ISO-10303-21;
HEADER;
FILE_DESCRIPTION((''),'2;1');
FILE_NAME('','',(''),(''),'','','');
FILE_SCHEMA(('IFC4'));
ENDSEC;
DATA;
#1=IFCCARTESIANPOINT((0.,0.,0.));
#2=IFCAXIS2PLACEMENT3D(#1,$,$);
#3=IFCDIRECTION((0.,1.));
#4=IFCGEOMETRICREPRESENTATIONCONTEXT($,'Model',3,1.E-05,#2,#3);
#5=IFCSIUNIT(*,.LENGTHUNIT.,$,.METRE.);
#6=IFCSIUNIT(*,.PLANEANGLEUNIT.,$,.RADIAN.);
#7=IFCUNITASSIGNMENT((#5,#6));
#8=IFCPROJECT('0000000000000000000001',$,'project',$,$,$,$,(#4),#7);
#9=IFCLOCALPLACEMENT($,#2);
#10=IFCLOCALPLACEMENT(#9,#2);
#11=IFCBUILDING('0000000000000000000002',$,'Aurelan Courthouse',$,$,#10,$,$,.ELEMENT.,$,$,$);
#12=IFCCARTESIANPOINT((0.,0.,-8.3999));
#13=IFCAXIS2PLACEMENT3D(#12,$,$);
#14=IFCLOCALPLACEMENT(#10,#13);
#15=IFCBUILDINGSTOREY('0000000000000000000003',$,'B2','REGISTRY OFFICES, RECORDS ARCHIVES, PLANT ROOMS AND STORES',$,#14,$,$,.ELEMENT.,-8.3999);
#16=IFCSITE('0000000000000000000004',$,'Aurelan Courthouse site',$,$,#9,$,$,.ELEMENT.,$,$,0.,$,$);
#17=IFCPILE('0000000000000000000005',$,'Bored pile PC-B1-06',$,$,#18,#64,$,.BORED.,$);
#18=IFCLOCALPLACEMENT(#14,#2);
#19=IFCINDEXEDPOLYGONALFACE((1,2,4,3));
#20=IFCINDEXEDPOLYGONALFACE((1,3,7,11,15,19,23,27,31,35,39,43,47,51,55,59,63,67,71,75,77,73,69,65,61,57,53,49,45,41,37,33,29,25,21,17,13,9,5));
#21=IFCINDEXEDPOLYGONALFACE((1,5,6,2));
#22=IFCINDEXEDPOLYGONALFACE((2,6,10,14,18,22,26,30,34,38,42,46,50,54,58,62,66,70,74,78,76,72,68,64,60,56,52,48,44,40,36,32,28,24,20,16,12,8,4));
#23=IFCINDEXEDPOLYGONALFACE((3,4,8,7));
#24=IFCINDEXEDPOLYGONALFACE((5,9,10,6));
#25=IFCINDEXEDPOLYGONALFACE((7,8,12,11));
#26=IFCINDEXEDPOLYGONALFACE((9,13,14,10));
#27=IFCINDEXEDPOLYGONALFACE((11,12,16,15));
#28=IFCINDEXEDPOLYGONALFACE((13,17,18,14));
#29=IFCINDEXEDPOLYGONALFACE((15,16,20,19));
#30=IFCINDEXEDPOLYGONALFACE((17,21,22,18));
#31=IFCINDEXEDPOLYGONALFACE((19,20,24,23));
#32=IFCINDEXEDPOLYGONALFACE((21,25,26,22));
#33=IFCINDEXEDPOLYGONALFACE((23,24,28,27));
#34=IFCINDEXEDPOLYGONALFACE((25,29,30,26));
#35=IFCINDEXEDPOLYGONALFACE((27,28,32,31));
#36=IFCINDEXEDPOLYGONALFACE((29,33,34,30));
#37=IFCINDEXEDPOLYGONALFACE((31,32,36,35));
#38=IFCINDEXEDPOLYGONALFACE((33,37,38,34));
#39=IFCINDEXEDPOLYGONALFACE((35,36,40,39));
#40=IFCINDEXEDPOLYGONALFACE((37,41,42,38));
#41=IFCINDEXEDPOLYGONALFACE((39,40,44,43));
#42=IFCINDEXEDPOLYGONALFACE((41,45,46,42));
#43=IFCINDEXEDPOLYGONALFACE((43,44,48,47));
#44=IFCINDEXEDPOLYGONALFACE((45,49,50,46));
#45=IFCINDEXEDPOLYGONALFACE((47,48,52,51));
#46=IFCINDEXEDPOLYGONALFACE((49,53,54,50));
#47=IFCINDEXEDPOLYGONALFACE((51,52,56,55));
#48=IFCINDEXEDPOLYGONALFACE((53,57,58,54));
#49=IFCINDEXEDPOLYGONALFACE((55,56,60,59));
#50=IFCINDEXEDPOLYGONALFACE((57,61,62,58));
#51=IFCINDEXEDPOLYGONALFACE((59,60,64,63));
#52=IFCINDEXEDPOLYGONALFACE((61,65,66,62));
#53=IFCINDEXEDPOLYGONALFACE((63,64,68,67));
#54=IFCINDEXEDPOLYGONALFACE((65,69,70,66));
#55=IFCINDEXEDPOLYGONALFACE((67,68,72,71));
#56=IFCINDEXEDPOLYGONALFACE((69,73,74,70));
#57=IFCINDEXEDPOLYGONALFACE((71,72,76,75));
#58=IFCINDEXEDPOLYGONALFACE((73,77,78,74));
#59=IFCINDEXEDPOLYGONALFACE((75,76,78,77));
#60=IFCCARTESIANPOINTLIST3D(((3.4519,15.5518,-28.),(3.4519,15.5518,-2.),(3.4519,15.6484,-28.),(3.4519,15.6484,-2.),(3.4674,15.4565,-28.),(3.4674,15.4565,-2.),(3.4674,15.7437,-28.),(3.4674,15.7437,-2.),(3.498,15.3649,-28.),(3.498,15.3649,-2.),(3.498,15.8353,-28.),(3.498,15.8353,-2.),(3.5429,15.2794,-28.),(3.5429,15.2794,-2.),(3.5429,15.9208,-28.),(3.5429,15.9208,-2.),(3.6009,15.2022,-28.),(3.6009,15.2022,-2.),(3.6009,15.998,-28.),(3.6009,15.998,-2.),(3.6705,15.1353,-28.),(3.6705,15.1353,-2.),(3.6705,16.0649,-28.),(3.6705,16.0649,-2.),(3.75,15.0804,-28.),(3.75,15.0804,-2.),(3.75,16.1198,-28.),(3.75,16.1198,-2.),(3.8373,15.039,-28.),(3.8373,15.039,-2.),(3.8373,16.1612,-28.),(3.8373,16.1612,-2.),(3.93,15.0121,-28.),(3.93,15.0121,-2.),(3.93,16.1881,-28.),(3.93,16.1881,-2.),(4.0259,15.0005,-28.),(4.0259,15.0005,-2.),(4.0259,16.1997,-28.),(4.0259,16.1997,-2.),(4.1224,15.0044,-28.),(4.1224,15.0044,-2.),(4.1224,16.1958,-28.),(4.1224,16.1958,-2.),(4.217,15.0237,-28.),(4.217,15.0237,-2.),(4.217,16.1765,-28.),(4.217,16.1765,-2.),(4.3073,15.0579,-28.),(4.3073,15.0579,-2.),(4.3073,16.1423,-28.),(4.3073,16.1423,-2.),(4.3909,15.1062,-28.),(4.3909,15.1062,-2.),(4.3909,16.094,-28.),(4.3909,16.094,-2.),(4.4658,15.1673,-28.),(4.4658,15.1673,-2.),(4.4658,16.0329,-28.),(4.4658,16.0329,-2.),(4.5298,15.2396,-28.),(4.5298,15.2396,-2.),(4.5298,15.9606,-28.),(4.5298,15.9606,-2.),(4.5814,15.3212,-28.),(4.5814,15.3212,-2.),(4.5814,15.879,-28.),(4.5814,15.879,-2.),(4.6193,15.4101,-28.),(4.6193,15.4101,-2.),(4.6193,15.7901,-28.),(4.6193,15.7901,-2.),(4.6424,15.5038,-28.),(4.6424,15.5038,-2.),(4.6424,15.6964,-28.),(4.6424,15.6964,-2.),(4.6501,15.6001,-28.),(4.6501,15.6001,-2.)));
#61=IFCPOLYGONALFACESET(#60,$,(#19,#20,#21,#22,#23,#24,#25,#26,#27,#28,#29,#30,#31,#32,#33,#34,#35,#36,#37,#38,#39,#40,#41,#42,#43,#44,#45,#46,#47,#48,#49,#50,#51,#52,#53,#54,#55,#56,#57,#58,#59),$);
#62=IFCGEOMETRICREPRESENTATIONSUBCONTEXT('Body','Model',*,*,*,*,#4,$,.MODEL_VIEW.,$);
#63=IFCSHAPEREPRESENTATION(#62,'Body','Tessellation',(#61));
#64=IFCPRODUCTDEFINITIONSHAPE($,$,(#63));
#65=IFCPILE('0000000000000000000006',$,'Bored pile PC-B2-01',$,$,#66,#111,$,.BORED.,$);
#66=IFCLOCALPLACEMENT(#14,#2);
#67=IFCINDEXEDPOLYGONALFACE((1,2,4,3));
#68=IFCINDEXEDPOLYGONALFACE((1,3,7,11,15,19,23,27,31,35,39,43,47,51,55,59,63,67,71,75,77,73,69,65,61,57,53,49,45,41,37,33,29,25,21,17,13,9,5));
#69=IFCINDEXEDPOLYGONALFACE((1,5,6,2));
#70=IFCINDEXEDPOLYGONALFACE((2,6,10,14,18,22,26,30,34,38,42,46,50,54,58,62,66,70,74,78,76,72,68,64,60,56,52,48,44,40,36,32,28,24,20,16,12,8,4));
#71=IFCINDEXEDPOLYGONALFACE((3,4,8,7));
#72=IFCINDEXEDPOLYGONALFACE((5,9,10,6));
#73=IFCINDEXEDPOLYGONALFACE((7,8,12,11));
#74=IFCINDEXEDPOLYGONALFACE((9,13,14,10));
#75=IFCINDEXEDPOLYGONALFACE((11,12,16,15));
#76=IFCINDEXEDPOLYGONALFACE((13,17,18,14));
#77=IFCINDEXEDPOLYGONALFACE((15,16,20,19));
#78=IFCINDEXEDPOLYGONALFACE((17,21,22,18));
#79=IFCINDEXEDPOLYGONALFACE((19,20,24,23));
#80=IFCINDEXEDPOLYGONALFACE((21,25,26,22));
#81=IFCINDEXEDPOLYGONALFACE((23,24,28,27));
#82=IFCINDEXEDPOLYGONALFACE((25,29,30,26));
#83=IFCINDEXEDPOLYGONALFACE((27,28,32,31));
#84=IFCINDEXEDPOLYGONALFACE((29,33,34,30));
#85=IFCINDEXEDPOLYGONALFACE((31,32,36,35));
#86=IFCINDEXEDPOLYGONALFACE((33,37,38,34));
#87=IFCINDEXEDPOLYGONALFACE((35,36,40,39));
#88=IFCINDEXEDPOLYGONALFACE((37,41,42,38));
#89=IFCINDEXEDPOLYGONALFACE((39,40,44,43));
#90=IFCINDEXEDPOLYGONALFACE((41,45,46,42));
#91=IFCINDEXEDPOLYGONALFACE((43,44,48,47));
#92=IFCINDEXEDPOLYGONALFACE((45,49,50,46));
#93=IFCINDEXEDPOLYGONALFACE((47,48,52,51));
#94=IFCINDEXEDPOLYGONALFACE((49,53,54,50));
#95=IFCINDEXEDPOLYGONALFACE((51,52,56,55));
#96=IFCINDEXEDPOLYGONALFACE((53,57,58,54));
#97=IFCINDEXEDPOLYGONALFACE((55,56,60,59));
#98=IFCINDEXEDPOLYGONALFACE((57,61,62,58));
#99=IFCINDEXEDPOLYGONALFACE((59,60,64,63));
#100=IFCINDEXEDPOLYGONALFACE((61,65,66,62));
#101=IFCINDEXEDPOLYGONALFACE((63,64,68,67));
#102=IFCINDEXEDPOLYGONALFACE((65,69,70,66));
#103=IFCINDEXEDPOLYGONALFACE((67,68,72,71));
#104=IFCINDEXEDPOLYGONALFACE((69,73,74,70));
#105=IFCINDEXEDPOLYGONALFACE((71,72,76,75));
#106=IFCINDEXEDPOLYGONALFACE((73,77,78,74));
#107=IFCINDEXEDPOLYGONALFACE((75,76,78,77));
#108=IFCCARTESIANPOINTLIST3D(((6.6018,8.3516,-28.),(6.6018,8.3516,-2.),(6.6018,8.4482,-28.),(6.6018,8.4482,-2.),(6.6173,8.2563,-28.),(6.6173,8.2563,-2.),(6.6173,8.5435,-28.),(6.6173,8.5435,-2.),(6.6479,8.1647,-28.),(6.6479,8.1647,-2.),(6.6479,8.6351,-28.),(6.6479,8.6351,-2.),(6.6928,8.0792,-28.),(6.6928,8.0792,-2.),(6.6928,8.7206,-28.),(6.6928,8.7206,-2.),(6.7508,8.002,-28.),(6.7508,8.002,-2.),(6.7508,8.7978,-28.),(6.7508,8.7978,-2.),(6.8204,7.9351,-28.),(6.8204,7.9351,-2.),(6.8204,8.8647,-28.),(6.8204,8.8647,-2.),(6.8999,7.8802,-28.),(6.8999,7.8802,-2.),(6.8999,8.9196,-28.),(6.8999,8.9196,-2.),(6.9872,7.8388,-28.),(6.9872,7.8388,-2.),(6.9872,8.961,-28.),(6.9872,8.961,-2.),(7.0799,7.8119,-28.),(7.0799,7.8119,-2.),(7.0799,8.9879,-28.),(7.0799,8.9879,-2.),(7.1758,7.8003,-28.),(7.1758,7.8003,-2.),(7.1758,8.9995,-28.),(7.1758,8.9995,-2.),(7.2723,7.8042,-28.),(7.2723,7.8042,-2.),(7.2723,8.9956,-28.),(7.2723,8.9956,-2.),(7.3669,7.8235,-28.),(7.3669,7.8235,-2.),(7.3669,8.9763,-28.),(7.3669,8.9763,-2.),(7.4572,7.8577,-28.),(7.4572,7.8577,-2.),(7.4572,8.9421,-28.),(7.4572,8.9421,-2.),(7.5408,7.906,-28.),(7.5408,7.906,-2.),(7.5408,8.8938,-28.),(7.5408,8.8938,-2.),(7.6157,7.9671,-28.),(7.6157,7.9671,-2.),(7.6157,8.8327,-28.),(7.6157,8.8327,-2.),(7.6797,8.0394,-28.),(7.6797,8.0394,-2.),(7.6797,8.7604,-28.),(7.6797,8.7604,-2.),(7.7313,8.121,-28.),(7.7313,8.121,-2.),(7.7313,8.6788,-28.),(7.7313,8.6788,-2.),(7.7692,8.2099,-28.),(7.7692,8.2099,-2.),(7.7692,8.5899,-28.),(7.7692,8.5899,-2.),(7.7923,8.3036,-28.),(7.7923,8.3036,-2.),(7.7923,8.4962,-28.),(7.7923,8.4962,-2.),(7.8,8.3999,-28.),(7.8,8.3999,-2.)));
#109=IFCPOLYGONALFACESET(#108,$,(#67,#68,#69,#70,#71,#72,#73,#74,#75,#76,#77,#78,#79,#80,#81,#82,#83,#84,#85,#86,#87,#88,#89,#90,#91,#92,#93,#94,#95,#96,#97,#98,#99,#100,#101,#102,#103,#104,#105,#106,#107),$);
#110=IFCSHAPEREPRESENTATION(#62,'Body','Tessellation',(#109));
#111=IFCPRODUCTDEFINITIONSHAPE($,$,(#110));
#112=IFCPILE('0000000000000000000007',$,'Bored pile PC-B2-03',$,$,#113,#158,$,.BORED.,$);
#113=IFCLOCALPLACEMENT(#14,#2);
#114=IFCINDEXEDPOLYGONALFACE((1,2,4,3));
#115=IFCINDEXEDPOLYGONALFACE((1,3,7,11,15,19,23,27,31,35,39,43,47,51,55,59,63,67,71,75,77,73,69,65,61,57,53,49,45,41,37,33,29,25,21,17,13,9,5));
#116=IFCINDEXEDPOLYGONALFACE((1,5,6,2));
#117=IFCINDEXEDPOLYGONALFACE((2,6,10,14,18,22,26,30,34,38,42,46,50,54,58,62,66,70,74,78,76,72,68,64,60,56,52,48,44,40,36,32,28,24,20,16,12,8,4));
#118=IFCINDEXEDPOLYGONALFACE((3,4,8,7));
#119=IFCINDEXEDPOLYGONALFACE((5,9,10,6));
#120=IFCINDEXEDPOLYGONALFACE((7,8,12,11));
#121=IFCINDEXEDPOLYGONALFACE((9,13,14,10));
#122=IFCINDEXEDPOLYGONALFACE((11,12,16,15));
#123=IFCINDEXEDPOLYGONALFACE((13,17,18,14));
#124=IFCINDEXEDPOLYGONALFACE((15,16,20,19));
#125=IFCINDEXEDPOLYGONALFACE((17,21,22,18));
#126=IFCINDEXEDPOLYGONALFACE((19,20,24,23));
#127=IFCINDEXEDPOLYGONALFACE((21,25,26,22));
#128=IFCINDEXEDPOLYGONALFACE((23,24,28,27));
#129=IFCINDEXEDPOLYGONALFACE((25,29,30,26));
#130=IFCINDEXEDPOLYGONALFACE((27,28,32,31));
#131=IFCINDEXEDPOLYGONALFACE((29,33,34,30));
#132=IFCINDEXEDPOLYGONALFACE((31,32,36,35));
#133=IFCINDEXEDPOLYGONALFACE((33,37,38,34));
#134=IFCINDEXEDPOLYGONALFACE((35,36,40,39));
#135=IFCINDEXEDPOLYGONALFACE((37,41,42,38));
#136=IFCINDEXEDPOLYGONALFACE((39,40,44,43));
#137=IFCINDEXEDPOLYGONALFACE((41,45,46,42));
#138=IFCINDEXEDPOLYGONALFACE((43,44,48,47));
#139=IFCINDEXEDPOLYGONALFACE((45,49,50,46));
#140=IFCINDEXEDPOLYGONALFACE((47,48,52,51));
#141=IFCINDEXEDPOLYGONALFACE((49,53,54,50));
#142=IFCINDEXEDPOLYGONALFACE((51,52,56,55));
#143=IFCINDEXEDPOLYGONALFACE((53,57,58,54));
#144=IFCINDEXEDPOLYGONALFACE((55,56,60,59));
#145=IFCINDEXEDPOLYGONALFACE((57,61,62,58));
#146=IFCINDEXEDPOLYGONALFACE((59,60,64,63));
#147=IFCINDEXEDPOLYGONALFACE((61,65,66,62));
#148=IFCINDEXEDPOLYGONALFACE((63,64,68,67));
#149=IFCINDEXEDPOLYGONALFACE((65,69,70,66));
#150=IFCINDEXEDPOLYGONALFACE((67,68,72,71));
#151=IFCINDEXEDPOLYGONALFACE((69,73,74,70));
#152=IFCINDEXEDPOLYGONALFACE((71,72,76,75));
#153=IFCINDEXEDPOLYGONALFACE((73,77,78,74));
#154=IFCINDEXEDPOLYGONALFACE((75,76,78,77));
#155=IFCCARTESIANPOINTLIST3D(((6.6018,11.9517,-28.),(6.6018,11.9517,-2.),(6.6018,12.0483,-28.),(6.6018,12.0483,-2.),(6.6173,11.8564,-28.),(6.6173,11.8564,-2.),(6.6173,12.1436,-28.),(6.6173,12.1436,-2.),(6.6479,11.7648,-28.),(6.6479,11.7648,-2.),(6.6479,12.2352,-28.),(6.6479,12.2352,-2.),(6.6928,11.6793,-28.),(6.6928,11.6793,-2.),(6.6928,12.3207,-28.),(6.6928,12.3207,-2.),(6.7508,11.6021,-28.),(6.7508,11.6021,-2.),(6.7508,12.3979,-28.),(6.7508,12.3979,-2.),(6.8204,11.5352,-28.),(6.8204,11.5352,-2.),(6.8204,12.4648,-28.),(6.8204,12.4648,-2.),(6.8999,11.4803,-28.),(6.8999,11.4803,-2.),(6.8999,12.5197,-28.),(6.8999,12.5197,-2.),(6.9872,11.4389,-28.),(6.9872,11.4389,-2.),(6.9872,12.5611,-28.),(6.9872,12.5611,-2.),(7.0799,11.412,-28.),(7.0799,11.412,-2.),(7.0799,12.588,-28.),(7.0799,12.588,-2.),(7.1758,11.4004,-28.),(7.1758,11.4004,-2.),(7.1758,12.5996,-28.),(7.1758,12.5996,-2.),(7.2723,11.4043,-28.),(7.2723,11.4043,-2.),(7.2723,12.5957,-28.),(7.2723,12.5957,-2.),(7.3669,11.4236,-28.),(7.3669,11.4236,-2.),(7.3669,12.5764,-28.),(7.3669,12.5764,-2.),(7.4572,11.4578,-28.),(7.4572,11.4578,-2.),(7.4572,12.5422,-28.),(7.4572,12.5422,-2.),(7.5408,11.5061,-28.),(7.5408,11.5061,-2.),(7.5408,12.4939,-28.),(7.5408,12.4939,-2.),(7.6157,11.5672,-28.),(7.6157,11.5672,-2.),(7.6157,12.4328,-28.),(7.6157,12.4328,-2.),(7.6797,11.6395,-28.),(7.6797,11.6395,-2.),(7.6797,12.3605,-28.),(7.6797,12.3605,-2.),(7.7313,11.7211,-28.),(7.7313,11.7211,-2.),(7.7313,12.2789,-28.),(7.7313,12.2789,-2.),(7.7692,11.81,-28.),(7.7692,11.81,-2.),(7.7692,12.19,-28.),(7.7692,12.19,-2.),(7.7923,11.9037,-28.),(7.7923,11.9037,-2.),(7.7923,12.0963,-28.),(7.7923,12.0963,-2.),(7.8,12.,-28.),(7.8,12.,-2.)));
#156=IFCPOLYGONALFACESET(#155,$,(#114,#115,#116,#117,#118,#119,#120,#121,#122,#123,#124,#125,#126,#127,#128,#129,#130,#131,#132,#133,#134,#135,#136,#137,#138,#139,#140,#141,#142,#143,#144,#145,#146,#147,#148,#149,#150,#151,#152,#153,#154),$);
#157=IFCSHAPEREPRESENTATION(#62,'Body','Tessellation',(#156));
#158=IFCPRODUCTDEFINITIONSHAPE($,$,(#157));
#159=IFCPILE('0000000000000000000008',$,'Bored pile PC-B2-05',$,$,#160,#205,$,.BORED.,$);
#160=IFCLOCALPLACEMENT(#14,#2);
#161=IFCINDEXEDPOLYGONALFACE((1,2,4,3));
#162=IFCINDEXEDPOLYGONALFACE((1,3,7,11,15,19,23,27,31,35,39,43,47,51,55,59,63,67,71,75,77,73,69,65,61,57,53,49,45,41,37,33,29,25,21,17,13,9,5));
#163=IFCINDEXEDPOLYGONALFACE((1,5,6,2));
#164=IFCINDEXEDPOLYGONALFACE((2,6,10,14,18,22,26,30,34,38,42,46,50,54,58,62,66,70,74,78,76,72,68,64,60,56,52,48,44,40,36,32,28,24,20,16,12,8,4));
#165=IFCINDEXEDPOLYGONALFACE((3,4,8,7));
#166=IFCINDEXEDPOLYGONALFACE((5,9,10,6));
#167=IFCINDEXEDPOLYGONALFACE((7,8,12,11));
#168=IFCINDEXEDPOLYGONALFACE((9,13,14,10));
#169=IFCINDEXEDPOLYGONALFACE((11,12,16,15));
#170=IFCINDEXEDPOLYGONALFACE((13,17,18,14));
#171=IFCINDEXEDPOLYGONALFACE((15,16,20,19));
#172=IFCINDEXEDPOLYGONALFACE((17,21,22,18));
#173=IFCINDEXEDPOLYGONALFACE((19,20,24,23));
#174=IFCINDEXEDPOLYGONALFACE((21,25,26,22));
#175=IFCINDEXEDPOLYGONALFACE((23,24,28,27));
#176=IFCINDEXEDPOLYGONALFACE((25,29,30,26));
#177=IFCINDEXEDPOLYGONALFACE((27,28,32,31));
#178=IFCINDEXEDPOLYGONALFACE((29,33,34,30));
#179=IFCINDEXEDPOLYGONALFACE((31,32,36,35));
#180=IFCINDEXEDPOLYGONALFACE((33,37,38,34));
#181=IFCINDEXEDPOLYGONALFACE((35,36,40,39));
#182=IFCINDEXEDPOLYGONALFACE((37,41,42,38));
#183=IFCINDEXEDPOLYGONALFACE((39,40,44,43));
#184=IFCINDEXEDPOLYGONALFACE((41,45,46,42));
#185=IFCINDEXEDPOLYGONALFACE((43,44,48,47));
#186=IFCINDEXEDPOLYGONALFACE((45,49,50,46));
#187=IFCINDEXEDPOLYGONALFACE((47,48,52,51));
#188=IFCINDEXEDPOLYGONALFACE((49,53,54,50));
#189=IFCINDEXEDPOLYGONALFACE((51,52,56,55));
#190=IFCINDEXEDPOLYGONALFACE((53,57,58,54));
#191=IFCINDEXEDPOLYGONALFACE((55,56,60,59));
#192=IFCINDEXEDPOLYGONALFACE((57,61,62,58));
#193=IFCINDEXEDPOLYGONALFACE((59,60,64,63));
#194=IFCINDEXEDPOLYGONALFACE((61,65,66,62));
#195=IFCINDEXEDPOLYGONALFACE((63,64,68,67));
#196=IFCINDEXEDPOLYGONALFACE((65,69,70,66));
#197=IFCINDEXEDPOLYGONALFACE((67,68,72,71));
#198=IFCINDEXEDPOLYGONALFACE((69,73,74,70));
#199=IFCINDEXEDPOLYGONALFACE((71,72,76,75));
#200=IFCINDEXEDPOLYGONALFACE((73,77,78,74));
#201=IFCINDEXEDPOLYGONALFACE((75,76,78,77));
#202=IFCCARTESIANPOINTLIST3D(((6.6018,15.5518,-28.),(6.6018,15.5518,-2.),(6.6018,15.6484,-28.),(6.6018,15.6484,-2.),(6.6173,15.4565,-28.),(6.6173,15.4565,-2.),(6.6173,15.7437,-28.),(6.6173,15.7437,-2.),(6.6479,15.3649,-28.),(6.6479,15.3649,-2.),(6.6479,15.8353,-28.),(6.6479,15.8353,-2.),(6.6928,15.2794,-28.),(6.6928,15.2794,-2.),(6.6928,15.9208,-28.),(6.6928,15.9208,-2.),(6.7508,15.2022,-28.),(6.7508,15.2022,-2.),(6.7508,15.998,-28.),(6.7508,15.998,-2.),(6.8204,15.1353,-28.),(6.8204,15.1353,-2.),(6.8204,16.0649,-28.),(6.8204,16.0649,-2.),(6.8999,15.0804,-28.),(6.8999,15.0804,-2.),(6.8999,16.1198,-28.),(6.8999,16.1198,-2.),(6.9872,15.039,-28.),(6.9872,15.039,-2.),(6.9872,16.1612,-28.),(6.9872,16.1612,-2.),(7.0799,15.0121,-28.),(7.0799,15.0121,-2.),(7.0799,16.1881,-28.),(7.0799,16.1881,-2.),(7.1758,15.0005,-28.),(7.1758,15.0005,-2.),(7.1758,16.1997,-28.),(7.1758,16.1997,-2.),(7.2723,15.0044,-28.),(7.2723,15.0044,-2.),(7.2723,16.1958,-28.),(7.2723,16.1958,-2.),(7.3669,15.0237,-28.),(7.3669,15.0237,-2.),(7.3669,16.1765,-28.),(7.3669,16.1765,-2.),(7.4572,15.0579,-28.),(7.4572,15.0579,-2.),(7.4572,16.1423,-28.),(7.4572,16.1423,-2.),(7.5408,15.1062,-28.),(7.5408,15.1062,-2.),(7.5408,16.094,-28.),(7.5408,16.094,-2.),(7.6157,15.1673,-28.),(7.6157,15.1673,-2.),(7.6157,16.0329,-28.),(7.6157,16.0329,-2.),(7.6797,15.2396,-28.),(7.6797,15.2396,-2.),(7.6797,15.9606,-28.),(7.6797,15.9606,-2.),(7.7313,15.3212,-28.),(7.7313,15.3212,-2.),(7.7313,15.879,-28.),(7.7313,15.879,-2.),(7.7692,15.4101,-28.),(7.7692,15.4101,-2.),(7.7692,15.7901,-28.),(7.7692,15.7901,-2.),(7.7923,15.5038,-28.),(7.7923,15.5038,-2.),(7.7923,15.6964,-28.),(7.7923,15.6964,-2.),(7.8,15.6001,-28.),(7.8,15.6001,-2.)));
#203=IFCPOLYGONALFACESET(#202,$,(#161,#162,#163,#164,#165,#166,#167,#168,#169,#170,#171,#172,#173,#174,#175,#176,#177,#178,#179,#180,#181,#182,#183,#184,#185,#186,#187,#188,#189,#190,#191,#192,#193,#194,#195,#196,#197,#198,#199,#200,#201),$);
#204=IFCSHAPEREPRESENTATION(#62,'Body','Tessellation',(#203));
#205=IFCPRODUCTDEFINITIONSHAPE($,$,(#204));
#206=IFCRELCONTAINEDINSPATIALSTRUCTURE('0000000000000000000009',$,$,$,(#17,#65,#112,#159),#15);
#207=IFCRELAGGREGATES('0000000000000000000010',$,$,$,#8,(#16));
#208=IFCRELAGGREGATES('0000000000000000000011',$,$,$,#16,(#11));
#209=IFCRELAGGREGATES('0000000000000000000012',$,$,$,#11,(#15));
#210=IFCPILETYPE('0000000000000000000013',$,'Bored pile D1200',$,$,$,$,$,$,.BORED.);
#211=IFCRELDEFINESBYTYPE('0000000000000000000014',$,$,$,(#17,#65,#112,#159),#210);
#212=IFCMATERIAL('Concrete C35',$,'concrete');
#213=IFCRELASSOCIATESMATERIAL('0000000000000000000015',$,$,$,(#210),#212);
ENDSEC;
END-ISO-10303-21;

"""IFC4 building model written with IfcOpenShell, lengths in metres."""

from ifc_helpers import new_model, si_unit, direction, frame, origin, origin_2d, place, context, subcontext, project, spatial, circle, extrude, material, material_profile, profile_set, type_object, element, save


model = new_model("IFC4")

# Units and contexts
model_context = context("Model", 3, precision=1e-05, world=origin(), true_north=direction((0.0, 1.0)))
body_context = subcontext(model_context, "Body", "Model", "MODEL_VIEW")
ifc_project = project(units=[si_unit("LENGTHUNIT", "METRE"), si_unit("PLANEANGLEUNIT", "RADIAN")], contexts=[model_context])

# Site, building, storey
site_placement = place(None, origin())
site = spatial("IfcSite", under=ifc_project, at=site_placement, Name="Aurelan Courthouse site", CompositionType="ELEMENT", RefElevation=0.0)
building_placement = place(site_placement, origin())
building = spatial("IfcBuilding", under=site, at=building_placement, Name="Aurelan Courthouse", CompositionType="ELEMENT")
storey_placement = place(building_placement, frame((0.0, 0.0, -8.3999)))
storey = spatial("IfcBuildingStorey", under=building, at=storey_placement, Name="B2", Description="REGISTRY OFFICES, RECORDS ARCHIVES, PLANT ROOMS AND STORES", CompositionType="ELEMENT", Elevation=-8.3999)

# Piles
ifc_material_1 = material(Name="Concrete C35", Category="concrete")
ifc_material_profile_1 = material_profile(ifc_material_1, circle(Radius=0.6001, at=origin_2d()), Name="D1200")
ifc_profile_set_1 = profile_set([ifc_material_profile_1], Name="Concrete C35")
pile_type = type_object("IfcPileType", Name="Bored pile D1200", PredefinedType="BORED", material=ifc_profile_set_1)
for number, where, z_axis, x_axis, name in (
    (1, (4.05, 15.6001, -2.0), (0.0, 0.0, -1.0), (1.0, 0.0, 0.0), "Bored pile PC-B1-06"),
    (2, (7.2, 8.3999, -2.0), (0.0, 0.0, -1.0), (1.0, 0.0, 0.0), "Bored pile PC-B2-01"),
    (3, (7.2, 12.0, -2.0), (0.0, 0.0, -1.0), (1.0, 0.0, 0.0), "Bored pile PC-B2-03"),
    (4, (7.2, 15.6001, -2.0), (0.0, 0.0, -1.0), (1.0, 0.0, 0.0), "Bored pile PC-B2-05"),
):
    element("IfcPile", number, at=place(storey_placement, frame(where, z_axis=z_axis, x_axis=x_axis)), inside=storey, type_object=pile_type, Name=name, PredefinedType="BORED", context=body_context, shape_type="SweptSolid", body=[
        extrude(circle(Radius=0.6001, at=origin_2d()), origin(), (0.0, 0.0, 1.0), 26.0),
    ])

save(model, "model.ifc")
